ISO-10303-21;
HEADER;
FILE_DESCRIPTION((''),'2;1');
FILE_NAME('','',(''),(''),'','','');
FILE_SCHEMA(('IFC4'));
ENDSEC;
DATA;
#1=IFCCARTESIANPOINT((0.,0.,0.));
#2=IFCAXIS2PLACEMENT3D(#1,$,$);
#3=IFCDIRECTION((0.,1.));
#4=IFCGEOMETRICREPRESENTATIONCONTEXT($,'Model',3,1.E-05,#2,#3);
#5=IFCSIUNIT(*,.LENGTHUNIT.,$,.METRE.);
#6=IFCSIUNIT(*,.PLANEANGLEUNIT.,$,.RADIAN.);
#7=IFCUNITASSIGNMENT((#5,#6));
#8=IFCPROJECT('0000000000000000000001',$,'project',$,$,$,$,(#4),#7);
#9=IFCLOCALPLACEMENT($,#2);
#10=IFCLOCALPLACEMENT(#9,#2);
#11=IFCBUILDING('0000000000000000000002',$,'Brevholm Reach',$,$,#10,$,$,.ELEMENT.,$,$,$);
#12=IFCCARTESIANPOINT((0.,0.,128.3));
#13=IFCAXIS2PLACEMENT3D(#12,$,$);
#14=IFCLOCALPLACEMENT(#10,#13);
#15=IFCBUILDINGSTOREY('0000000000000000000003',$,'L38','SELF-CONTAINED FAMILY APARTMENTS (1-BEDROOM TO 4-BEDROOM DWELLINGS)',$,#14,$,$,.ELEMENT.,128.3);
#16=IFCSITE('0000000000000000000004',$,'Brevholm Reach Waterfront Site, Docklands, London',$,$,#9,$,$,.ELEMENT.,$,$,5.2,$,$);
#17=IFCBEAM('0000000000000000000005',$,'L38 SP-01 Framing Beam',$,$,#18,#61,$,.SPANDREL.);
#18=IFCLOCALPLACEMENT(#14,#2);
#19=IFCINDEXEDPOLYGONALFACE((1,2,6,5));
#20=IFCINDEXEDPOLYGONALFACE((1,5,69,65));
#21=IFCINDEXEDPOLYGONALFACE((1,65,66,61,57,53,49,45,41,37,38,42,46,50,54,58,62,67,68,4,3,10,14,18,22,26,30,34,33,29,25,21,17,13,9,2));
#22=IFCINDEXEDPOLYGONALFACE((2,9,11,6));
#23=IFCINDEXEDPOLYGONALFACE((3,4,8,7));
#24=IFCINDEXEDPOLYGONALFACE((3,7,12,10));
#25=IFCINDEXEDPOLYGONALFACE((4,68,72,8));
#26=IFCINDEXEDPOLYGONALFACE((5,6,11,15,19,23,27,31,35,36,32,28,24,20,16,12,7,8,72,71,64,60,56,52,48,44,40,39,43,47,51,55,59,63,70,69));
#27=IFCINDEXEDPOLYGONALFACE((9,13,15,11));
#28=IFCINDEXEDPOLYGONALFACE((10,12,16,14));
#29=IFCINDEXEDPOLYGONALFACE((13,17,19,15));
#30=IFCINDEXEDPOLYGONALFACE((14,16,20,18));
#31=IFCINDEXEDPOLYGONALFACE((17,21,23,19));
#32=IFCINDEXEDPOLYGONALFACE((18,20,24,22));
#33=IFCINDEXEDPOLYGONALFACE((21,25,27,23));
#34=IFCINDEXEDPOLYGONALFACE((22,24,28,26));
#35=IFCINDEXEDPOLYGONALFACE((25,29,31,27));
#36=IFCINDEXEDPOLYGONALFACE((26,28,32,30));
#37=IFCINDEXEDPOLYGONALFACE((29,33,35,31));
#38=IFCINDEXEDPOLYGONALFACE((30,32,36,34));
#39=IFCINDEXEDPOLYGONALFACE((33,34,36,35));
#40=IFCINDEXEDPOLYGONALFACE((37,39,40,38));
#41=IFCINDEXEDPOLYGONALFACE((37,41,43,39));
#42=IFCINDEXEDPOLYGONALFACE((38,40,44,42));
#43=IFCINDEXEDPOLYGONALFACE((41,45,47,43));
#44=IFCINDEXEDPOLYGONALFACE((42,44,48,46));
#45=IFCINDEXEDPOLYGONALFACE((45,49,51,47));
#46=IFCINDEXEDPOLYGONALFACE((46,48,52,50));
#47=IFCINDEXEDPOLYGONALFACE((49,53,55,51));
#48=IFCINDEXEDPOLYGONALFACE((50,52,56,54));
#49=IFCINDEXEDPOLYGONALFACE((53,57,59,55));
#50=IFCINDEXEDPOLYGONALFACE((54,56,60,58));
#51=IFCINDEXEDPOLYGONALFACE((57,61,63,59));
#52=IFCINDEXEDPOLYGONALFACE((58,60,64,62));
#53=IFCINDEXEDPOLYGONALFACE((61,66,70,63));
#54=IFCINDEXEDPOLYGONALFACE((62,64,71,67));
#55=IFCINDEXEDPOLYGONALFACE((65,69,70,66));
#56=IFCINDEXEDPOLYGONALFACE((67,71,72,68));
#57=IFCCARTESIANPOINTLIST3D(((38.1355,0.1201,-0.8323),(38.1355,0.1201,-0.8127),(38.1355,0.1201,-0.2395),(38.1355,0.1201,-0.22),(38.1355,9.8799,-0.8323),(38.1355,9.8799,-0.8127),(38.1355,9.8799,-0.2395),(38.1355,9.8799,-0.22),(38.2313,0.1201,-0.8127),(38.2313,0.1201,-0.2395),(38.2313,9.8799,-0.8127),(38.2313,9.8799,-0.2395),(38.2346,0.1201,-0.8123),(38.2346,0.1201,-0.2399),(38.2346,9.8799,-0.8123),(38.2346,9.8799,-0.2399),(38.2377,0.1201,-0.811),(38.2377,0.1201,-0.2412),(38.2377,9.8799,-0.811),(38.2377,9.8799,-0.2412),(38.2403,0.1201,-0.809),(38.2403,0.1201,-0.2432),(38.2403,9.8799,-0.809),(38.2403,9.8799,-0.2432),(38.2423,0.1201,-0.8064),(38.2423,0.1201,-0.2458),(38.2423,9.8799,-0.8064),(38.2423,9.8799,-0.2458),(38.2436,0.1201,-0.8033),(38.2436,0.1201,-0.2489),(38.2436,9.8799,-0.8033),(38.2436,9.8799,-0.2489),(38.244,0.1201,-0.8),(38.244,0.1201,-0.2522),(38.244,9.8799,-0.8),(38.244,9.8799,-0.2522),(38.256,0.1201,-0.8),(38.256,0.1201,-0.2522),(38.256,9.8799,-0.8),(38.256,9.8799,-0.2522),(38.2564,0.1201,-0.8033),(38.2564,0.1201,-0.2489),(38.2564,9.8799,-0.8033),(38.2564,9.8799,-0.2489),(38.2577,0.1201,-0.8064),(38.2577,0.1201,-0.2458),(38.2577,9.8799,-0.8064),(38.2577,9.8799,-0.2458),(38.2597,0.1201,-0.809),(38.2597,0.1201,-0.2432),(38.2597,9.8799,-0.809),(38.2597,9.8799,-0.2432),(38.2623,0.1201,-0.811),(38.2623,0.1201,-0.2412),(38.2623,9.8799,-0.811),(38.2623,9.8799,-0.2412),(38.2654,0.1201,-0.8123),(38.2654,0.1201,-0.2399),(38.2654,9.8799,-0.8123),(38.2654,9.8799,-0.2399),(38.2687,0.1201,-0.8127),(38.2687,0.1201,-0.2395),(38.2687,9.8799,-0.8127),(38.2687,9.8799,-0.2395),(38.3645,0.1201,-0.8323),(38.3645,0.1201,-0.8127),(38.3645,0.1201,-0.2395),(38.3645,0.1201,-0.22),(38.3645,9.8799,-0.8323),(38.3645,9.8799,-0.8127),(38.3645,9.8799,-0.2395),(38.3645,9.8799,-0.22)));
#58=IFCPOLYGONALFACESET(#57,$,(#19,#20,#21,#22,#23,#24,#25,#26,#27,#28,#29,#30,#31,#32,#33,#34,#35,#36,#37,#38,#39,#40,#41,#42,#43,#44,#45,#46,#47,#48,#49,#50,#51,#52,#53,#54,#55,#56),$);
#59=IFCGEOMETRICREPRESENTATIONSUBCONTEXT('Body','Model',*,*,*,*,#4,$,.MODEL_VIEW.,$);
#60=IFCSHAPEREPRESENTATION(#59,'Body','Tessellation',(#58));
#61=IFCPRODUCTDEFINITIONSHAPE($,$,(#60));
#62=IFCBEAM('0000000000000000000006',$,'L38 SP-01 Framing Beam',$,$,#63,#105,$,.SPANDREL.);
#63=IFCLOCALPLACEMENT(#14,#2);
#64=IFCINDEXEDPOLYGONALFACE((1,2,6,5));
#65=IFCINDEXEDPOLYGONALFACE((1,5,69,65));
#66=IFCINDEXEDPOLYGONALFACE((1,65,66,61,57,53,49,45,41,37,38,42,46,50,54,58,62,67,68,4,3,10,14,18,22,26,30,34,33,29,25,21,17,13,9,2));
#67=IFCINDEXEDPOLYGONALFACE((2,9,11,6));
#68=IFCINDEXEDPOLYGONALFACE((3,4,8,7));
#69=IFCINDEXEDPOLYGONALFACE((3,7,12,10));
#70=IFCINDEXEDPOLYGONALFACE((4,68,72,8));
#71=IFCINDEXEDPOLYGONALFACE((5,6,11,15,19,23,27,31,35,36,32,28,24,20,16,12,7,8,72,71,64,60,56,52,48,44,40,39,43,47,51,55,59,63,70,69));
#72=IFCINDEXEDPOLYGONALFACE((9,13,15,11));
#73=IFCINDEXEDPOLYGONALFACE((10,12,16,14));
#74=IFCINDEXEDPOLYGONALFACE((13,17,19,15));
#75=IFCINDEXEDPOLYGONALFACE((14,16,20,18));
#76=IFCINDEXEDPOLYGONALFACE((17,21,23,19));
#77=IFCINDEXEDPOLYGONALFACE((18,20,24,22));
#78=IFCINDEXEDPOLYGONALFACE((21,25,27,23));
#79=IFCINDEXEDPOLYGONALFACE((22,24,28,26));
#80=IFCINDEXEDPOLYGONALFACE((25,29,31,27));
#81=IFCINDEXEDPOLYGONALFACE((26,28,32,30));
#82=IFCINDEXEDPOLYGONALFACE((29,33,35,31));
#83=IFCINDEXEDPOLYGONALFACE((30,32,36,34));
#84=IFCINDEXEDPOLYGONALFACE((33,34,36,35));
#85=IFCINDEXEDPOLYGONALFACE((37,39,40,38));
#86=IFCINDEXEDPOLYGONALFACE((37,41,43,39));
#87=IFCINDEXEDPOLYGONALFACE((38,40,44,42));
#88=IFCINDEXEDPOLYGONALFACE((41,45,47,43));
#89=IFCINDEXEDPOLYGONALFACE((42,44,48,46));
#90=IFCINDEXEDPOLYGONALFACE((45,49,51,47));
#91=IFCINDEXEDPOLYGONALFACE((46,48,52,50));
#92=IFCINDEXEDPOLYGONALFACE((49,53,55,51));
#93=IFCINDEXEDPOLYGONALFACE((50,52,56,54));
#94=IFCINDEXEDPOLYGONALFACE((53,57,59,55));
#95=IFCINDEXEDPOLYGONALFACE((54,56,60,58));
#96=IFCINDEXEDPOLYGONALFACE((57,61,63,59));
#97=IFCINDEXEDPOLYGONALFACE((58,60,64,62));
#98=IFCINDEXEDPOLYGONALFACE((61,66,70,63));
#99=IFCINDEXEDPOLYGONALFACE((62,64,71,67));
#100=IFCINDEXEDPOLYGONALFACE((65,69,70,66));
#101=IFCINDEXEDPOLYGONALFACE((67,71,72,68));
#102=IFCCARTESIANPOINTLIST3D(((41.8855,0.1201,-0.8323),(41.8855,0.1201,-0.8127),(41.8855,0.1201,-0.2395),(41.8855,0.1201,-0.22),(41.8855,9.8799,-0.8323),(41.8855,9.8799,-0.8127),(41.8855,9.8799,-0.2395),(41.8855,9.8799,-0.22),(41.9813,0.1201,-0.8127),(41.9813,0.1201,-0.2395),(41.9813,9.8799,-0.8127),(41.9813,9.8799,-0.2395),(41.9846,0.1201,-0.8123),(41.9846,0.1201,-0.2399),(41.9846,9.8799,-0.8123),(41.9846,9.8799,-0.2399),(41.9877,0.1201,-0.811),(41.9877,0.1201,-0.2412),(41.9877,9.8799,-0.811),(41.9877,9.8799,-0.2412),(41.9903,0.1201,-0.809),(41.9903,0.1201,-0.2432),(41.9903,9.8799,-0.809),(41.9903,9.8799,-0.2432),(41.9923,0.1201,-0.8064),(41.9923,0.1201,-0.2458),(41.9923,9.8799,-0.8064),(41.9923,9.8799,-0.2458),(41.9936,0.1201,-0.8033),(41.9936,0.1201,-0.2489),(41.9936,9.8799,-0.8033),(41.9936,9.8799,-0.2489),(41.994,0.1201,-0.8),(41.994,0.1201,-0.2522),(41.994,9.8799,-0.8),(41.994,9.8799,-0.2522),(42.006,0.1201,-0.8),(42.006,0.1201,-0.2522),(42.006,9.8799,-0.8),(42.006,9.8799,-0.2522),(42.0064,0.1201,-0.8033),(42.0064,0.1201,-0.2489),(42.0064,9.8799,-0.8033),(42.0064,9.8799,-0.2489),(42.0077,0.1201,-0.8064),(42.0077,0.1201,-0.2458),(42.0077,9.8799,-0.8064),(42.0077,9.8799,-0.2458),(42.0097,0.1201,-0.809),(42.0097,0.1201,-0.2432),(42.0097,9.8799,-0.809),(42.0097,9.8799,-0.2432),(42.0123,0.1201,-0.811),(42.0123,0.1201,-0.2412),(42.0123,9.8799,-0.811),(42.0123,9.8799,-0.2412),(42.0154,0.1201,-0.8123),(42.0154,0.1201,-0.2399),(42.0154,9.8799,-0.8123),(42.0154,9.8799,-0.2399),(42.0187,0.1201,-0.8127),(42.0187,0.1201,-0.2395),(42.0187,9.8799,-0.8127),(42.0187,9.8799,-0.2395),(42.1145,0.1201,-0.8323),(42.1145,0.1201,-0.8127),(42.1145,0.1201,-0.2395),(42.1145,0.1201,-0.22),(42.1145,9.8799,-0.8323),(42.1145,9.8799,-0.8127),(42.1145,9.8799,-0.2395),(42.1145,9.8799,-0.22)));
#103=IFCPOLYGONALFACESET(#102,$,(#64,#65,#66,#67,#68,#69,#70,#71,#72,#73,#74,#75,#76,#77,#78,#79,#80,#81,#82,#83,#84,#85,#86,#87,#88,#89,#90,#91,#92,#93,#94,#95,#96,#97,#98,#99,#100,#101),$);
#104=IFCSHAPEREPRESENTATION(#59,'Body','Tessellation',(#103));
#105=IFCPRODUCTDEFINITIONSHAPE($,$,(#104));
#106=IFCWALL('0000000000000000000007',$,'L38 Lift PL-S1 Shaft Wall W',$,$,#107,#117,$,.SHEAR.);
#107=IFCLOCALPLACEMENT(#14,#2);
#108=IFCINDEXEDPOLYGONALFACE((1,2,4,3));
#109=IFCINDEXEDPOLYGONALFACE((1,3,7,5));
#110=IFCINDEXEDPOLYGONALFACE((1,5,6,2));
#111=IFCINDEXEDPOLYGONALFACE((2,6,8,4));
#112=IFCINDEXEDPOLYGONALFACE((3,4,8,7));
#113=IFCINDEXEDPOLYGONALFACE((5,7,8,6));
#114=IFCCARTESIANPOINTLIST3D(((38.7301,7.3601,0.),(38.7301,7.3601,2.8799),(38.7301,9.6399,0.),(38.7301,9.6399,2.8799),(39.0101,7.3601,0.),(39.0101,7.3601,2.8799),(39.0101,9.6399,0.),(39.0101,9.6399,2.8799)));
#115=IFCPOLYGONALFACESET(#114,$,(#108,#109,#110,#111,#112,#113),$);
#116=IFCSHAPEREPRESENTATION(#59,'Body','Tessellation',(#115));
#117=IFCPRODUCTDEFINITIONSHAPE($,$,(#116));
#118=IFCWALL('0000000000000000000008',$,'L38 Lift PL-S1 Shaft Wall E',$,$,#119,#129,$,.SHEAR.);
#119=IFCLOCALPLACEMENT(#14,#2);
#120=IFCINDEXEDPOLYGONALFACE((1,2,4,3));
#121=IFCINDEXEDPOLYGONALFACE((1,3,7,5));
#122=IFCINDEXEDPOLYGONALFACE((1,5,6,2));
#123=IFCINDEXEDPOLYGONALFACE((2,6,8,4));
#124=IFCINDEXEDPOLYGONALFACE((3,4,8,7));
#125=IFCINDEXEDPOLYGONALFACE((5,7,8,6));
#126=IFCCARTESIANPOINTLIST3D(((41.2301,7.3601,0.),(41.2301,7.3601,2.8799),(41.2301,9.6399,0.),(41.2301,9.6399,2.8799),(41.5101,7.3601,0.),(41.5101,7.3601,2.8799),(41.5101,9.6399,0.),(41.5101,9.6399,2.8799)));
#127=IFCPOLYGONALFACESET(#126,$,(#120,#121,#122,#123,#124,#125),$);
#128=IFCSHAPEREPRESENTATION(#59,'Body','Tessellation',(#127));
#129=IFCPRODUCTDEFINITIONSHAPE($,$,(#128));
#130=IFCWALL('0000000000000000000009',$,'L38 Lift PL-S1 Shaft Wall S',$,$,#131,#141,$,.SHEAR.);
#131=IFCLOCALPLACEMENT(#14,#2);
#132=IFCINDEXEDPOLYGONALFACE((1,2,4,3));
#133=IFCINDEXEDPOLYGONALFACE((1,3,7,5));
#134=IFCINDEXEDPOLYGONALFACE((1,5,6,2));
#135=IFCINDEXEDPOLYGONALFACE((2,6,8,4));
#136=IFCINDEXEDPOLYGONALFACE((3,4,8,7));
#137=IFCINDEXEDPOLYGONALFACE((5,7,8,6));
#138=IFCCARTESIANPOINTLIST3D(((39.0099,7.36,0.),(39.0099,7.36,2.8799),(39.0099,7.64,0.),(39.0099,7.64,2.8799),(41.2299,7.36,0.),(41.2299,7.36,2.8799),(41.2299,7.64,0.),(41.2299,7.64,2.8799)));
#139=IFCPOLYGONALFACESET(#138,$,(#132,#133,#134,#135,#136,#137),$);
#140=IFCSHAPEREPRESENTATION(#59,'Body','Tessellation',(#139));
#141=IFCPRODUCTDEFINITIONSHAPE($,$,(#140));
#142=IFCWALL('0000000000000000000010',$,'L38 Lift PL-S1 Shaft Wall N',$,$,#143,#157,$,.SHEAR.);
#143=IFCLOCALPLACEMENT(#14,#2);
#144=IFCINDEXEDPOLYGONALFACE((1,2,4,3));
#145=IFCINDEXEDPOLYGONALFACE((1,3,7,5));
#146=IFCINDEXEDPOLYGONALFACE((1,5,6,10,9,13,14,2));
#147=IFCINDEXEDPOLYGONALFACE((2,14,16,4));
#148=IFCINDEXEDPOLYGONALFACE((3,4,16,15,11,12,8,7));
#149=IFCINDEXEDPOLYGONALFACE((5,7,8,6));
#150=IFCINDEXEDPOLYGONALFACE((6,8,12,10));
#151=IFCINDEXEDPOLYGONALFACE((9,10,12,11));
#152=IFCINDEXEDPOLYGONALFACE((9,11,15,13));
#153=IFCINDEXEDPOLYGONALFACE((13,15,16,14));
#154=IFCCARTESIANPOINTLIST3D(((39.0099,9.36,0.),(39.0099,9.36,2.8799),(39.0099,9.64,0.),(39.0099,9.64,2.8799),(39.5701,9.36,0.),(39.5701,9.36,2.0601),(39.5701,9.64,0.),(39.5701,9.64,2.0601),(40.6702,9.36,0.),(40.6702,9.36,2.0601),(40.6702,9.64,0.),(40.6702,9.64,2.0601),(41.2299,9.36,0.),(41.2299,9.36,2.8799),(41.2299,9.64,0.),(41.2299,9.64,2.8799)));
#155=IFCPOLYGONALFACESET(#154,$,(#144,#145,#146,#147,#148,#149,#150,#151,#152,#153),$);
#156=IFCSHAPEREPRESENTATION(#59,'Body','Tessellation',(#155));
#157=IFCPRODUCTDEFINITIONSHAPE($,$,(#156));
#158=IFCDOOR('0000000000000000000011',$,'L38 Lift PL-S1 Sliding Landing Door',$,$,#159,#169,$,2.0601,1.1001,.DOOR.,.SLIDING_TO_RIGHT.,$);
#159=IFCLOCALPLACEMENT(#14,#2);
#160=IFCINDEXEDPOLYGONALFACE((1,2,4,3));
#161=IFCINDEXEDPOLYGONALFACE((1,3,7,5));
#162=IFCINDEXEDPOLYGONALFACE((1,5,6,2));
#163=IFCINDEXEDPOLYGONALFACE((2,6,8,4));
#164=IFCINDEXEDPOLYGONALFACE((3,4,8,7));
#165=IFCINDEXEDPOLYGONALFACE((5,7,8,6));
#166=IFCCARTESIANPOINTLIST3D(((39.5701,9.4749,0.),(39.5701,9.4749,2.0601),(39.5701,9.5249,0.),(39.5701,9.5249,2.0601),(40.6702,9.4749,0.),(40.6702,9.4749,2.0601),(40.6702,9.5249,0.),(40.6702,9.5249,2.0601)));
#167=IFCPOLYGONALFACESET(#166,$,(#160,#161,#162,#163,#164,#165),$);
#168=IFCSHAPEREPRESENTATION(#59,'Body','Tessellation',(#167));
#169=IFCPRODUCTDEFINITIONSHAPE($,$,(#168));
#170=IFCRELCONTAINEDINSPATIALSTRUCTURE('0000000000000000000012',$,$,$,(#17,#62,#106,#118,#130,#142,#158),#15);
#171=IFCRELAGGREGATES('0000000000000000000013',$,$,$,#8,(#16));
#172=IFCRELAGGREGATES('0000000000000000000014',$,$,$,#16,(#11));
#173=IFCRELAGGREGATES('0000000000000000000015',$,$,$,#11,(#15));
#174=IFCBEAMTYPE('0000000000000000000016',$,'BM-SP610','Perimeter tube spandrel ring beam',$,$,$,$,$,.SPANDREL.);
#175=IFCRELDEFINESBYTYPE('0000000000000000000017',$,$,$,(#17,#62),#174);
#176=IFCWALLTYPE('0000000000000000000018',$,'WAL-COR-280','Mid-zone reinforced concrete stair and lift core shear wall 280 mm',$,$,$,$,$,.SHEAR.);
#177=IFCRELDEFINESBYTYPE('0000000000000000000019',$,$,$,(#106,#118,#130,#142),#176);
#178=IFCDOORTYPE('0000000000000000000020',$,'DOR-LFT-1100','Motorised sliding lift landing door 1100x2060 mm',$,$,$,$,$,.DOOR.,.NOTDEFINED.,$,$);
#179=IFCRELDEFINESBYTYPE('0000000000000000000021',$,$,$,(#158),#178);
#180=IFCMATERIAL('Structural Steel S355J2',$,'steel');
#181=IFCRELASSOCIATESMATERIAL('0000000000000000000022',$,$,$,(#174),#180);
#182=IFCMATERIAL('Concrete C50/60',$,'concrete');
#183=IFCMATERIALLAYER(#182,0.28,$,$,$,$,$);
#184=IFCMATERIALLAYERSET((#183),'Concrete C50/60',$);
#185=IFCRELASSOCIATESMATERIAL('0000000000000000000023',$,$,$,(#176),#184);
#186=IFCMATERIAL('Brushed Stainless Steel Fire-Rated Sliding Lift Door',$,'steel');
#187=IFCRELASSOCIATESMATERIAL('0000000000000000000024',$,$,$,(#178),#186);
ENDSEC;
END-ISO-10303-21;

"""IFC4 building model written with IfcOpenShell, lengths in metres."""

from ifc_helpers import new_model, si_unit, direction, frame, frame_2d, origin, origin_2d, place, context, subcontext, project, spatial, rectangle, i_section, extrude, material, layer, layer_set, material_profile, profile_set, type_object, element, fill, save


model = new_model("IFC4")

# Units and contexts
model_context = context("Model", 3, precision=1e-05, world=origin(), true_north=direction((0.0, 1.0)))
body_context = subcontext(model_context, "Body", "Model", "MODEL_VIEW")
ifc_project = project(units=[si_unit("LENGTHUNIT", "METRE"), si_unit("PLANEANGLEUNIT", "RADIAN")], contexts=[model_context])

# Site, building, storey
site_placement = place(None, origin())
site = spatial("IfcSite", under=ifc_project, at=site_placement, Name="Brevholm Reach Waterfront Site, Docklands, London", CompositionType="ELEMENT", RefElevation=5.2)
building_placement = place(site_placement, origin())
building = spatial("IfcBuilding", under=site, at=building_placement, Name="Brevholm Reach", CompositionType="ELEMENT")
storey_placement = place(building_placement, frame((0.0, 0.0, 128.3)))
storey = spatial("IfcBuildingStorey", under=building, at=storey_placement, Name="L38", Description="SELF-CONTAINED FAMILY APARTMENTS (1-BEDROOM TO 4-BEDROOM DWELLINGS)", CompositionType="ELEMENT", Elevation=128.3)

# Beams
ifc_material_1 = material(Name="Structural Steel S355J2", Category="steel")
ifc_material_profile_1 = material_profile(ifc_material_1, i_section(OverallWidth=0.229, OverallDepth=0.6123, WebThickness=0.012, FlangeThickness=0.0195, FilletRadius=0.0127, at=origin_2d()), Name="UKB 610x229x125")
ifc_profile_set_1 = profile_set([ifc_material_profile_1], Name="Structural Steel S355J2")
beam_type_1 = type_object("IfcBeamType", Name="BM-SP610", Description="Perimeter tube spandrel ring beam", PredefinedType="SPANDREL", material=ifc_profile_set_1)
for number, where, z_axis, x_axis, name in (
    (1, (38.25, 0.1201, -0.5261), (0.0, 1.0, 0.0), (-1.0, 0.0, 0.0), "L38 SP-01 Framing Beam"),
    (2, (42.0, 0.1201, -0.5261), (0.0, 1.0, 0.0), (-1.0, 0.0, 0.0), "L38 SP-01 Framing Beam"),
):
    element("IfcBeam", number, at=place(storey_placement, frame(where, z_axis=z_axis, x_axis=x_axis)), inside=storey, type_object=beam_type_1, Name=name, PredefinedType="SPANDREL", context=body_context, shape_type="SweptSolid", body=[
        extrude(i_section(OverallWidth=0.229, OverallDepth=0.6123, WebThickness=0.012, FlangeThickness=0.0195, FilletRadius=0.0127, at=origin_2d()), origin(), (0.0, 0.0, 1.0), 9.7598),
    ])

# Walls
ifc_material_2 = material(Name="Concrete C50/60", Category="concrete")
ifc_layer_1 = layer(ifc_material_2, 0.28)
ifc_layer_set_1 = layer_set([ifc_layer_1], Name="Concrete C50/60")
wall_type_1 = type_object("IfcWallType", Name="WAL-COR-280", Description="Mid-zone reinforced concrete stair and lift core shear wall 280 mm", PredefinedType="SHEAR", material=ifc_layer_set_1)
for number, where, z_axis, x_axis, name in (
    (3, (38.8701, 7.3601, 0.0), (0.0, 0.0, 1.0), (0.0, 1.0, 0.0), "L38 Lift PL-S1 Shaft Wall W"),
    (4, (41.3701, 7.3601, 0.0), (0.0, 0.0, 1.0), (0.0, 1.0, 0.0), "L38 Lift PL-S1 Shaft Wall E"),
):
    element("IfcWall", number, at=place(storey_placement, frame(where, z_axis=z_axis, x_axis=x_axis)), inside=storey, type_object=wall_type_1, Name=name, PredefinedType="SHEAR", context=body_context, shape_type="SweptSolid", body=[
        extrude(rectangle(XDim=2.2798, YDim=0.28, at=frame_2d((1.1399, 0.0))), origin(), (0.0, 0.0, 1.0), 2.8799),
    ])
wall_1_placement = place(storey_placement, frame((39.01, 7.5, 0.0), z_axis=(0.0, 0.0, 1.0), x_axis=(1.0, 0.0, 0.0)))
element("IfcWall", 5, at=wall_1_placement, inside=storey, type_object=wall_type_1, Name="L38 Lift PL-S1 Shaft Wall S", PredefinedType="SHEAR", context=body_context, shape_type="SweptSolid", body=[
    extrude(rectangle(XDim=2.22, YDim=0.28, at=frame_2d((1.1099, 0.0))), origin(), (0.0, 0.0, 1.0), 2.8799),
])

# Wall, opening, door
wall_2_placement = place(storey_placement, frame((39.01, 9.5, 0.0), z_axis=(0.0, 0.0, 1.0), x_axis=(1.0, 0.0, 0.0)))
wall_2 = element("IfcWall", 6, at=wall_2_placement, inside=storey, type_object=wall_type_1, Name="L38 Lift PL-S1 Shaft Wall N", PredefinedType="SHEAR", context=body_context, shape_type="SweptSolid", body=[
    extrude(rectangle(XDim=2.22, YDim=0.28, at=frame_2d((1.1099, 0.0))), origin(), (0.0, 0.0, 1.0), 2.8799),
])
opening_1_placement = place(wall_2_placement, frame((0.5601, 0.0, 0.0)))
opening_1 = element("IfcOpeningElement", 7, at=opening_1_placement, cuts=wall_2, PredefinedType="OPENING", context=body_context, shape_type="SweptSolid", body=[
    extrude(rectangle(XDim=1.1001, YDim=2.0601, at=frame_2d((0.55, 1.03))), frame((0.0, 0.1499, 0.0), z_axis=(0.0, -1.0, 0.0), x_axis=(1.0, 0.0, 0.0)), (0.0, 0.0, 1.0), 0.3),
])
ifc_material_3 = material(Name="Brushed Stainless Steel Fire-Rated Sliding Lift Door", Category="steel")
door_type_1 = type_object("IfcDoorType", Name="DOR-LFT-1100", Description="Motorised sliding lift landing door 1100x2060 mm", OperationType="NOTDEFINED", PredefinedType="DOOR", material=ifc_material_3)
door_1_placement = place(opening_1_placement, origin())
door_1 = element("IfcDoor", 8, at=door_1_placement, inside=storey, type_object=door_type_1, Name="L38 Lift PL-S1 Sliding Landing Door", OperationType="SLIDING_TO_RIGHT", OverallHeight=2.0601, OverallWidth=1.1001, PredefinedType="DOOR", context=body_context, shape_type="SweptSolid", body=[
    extrude(rectangle(XDim=1.1001, YDim=2.0601, at=frame_2d((0.55, 1.03))), frame((0.0, 0.0249, 0.0), z_axis=(0.0, -1.0, 0.0), x_axis=(1.0, 0.0, 0.0)), (0.0, 0.0, 1.0), 0.05),
])
fill(opening_1, door_1)

save(model, "model.ifc")
